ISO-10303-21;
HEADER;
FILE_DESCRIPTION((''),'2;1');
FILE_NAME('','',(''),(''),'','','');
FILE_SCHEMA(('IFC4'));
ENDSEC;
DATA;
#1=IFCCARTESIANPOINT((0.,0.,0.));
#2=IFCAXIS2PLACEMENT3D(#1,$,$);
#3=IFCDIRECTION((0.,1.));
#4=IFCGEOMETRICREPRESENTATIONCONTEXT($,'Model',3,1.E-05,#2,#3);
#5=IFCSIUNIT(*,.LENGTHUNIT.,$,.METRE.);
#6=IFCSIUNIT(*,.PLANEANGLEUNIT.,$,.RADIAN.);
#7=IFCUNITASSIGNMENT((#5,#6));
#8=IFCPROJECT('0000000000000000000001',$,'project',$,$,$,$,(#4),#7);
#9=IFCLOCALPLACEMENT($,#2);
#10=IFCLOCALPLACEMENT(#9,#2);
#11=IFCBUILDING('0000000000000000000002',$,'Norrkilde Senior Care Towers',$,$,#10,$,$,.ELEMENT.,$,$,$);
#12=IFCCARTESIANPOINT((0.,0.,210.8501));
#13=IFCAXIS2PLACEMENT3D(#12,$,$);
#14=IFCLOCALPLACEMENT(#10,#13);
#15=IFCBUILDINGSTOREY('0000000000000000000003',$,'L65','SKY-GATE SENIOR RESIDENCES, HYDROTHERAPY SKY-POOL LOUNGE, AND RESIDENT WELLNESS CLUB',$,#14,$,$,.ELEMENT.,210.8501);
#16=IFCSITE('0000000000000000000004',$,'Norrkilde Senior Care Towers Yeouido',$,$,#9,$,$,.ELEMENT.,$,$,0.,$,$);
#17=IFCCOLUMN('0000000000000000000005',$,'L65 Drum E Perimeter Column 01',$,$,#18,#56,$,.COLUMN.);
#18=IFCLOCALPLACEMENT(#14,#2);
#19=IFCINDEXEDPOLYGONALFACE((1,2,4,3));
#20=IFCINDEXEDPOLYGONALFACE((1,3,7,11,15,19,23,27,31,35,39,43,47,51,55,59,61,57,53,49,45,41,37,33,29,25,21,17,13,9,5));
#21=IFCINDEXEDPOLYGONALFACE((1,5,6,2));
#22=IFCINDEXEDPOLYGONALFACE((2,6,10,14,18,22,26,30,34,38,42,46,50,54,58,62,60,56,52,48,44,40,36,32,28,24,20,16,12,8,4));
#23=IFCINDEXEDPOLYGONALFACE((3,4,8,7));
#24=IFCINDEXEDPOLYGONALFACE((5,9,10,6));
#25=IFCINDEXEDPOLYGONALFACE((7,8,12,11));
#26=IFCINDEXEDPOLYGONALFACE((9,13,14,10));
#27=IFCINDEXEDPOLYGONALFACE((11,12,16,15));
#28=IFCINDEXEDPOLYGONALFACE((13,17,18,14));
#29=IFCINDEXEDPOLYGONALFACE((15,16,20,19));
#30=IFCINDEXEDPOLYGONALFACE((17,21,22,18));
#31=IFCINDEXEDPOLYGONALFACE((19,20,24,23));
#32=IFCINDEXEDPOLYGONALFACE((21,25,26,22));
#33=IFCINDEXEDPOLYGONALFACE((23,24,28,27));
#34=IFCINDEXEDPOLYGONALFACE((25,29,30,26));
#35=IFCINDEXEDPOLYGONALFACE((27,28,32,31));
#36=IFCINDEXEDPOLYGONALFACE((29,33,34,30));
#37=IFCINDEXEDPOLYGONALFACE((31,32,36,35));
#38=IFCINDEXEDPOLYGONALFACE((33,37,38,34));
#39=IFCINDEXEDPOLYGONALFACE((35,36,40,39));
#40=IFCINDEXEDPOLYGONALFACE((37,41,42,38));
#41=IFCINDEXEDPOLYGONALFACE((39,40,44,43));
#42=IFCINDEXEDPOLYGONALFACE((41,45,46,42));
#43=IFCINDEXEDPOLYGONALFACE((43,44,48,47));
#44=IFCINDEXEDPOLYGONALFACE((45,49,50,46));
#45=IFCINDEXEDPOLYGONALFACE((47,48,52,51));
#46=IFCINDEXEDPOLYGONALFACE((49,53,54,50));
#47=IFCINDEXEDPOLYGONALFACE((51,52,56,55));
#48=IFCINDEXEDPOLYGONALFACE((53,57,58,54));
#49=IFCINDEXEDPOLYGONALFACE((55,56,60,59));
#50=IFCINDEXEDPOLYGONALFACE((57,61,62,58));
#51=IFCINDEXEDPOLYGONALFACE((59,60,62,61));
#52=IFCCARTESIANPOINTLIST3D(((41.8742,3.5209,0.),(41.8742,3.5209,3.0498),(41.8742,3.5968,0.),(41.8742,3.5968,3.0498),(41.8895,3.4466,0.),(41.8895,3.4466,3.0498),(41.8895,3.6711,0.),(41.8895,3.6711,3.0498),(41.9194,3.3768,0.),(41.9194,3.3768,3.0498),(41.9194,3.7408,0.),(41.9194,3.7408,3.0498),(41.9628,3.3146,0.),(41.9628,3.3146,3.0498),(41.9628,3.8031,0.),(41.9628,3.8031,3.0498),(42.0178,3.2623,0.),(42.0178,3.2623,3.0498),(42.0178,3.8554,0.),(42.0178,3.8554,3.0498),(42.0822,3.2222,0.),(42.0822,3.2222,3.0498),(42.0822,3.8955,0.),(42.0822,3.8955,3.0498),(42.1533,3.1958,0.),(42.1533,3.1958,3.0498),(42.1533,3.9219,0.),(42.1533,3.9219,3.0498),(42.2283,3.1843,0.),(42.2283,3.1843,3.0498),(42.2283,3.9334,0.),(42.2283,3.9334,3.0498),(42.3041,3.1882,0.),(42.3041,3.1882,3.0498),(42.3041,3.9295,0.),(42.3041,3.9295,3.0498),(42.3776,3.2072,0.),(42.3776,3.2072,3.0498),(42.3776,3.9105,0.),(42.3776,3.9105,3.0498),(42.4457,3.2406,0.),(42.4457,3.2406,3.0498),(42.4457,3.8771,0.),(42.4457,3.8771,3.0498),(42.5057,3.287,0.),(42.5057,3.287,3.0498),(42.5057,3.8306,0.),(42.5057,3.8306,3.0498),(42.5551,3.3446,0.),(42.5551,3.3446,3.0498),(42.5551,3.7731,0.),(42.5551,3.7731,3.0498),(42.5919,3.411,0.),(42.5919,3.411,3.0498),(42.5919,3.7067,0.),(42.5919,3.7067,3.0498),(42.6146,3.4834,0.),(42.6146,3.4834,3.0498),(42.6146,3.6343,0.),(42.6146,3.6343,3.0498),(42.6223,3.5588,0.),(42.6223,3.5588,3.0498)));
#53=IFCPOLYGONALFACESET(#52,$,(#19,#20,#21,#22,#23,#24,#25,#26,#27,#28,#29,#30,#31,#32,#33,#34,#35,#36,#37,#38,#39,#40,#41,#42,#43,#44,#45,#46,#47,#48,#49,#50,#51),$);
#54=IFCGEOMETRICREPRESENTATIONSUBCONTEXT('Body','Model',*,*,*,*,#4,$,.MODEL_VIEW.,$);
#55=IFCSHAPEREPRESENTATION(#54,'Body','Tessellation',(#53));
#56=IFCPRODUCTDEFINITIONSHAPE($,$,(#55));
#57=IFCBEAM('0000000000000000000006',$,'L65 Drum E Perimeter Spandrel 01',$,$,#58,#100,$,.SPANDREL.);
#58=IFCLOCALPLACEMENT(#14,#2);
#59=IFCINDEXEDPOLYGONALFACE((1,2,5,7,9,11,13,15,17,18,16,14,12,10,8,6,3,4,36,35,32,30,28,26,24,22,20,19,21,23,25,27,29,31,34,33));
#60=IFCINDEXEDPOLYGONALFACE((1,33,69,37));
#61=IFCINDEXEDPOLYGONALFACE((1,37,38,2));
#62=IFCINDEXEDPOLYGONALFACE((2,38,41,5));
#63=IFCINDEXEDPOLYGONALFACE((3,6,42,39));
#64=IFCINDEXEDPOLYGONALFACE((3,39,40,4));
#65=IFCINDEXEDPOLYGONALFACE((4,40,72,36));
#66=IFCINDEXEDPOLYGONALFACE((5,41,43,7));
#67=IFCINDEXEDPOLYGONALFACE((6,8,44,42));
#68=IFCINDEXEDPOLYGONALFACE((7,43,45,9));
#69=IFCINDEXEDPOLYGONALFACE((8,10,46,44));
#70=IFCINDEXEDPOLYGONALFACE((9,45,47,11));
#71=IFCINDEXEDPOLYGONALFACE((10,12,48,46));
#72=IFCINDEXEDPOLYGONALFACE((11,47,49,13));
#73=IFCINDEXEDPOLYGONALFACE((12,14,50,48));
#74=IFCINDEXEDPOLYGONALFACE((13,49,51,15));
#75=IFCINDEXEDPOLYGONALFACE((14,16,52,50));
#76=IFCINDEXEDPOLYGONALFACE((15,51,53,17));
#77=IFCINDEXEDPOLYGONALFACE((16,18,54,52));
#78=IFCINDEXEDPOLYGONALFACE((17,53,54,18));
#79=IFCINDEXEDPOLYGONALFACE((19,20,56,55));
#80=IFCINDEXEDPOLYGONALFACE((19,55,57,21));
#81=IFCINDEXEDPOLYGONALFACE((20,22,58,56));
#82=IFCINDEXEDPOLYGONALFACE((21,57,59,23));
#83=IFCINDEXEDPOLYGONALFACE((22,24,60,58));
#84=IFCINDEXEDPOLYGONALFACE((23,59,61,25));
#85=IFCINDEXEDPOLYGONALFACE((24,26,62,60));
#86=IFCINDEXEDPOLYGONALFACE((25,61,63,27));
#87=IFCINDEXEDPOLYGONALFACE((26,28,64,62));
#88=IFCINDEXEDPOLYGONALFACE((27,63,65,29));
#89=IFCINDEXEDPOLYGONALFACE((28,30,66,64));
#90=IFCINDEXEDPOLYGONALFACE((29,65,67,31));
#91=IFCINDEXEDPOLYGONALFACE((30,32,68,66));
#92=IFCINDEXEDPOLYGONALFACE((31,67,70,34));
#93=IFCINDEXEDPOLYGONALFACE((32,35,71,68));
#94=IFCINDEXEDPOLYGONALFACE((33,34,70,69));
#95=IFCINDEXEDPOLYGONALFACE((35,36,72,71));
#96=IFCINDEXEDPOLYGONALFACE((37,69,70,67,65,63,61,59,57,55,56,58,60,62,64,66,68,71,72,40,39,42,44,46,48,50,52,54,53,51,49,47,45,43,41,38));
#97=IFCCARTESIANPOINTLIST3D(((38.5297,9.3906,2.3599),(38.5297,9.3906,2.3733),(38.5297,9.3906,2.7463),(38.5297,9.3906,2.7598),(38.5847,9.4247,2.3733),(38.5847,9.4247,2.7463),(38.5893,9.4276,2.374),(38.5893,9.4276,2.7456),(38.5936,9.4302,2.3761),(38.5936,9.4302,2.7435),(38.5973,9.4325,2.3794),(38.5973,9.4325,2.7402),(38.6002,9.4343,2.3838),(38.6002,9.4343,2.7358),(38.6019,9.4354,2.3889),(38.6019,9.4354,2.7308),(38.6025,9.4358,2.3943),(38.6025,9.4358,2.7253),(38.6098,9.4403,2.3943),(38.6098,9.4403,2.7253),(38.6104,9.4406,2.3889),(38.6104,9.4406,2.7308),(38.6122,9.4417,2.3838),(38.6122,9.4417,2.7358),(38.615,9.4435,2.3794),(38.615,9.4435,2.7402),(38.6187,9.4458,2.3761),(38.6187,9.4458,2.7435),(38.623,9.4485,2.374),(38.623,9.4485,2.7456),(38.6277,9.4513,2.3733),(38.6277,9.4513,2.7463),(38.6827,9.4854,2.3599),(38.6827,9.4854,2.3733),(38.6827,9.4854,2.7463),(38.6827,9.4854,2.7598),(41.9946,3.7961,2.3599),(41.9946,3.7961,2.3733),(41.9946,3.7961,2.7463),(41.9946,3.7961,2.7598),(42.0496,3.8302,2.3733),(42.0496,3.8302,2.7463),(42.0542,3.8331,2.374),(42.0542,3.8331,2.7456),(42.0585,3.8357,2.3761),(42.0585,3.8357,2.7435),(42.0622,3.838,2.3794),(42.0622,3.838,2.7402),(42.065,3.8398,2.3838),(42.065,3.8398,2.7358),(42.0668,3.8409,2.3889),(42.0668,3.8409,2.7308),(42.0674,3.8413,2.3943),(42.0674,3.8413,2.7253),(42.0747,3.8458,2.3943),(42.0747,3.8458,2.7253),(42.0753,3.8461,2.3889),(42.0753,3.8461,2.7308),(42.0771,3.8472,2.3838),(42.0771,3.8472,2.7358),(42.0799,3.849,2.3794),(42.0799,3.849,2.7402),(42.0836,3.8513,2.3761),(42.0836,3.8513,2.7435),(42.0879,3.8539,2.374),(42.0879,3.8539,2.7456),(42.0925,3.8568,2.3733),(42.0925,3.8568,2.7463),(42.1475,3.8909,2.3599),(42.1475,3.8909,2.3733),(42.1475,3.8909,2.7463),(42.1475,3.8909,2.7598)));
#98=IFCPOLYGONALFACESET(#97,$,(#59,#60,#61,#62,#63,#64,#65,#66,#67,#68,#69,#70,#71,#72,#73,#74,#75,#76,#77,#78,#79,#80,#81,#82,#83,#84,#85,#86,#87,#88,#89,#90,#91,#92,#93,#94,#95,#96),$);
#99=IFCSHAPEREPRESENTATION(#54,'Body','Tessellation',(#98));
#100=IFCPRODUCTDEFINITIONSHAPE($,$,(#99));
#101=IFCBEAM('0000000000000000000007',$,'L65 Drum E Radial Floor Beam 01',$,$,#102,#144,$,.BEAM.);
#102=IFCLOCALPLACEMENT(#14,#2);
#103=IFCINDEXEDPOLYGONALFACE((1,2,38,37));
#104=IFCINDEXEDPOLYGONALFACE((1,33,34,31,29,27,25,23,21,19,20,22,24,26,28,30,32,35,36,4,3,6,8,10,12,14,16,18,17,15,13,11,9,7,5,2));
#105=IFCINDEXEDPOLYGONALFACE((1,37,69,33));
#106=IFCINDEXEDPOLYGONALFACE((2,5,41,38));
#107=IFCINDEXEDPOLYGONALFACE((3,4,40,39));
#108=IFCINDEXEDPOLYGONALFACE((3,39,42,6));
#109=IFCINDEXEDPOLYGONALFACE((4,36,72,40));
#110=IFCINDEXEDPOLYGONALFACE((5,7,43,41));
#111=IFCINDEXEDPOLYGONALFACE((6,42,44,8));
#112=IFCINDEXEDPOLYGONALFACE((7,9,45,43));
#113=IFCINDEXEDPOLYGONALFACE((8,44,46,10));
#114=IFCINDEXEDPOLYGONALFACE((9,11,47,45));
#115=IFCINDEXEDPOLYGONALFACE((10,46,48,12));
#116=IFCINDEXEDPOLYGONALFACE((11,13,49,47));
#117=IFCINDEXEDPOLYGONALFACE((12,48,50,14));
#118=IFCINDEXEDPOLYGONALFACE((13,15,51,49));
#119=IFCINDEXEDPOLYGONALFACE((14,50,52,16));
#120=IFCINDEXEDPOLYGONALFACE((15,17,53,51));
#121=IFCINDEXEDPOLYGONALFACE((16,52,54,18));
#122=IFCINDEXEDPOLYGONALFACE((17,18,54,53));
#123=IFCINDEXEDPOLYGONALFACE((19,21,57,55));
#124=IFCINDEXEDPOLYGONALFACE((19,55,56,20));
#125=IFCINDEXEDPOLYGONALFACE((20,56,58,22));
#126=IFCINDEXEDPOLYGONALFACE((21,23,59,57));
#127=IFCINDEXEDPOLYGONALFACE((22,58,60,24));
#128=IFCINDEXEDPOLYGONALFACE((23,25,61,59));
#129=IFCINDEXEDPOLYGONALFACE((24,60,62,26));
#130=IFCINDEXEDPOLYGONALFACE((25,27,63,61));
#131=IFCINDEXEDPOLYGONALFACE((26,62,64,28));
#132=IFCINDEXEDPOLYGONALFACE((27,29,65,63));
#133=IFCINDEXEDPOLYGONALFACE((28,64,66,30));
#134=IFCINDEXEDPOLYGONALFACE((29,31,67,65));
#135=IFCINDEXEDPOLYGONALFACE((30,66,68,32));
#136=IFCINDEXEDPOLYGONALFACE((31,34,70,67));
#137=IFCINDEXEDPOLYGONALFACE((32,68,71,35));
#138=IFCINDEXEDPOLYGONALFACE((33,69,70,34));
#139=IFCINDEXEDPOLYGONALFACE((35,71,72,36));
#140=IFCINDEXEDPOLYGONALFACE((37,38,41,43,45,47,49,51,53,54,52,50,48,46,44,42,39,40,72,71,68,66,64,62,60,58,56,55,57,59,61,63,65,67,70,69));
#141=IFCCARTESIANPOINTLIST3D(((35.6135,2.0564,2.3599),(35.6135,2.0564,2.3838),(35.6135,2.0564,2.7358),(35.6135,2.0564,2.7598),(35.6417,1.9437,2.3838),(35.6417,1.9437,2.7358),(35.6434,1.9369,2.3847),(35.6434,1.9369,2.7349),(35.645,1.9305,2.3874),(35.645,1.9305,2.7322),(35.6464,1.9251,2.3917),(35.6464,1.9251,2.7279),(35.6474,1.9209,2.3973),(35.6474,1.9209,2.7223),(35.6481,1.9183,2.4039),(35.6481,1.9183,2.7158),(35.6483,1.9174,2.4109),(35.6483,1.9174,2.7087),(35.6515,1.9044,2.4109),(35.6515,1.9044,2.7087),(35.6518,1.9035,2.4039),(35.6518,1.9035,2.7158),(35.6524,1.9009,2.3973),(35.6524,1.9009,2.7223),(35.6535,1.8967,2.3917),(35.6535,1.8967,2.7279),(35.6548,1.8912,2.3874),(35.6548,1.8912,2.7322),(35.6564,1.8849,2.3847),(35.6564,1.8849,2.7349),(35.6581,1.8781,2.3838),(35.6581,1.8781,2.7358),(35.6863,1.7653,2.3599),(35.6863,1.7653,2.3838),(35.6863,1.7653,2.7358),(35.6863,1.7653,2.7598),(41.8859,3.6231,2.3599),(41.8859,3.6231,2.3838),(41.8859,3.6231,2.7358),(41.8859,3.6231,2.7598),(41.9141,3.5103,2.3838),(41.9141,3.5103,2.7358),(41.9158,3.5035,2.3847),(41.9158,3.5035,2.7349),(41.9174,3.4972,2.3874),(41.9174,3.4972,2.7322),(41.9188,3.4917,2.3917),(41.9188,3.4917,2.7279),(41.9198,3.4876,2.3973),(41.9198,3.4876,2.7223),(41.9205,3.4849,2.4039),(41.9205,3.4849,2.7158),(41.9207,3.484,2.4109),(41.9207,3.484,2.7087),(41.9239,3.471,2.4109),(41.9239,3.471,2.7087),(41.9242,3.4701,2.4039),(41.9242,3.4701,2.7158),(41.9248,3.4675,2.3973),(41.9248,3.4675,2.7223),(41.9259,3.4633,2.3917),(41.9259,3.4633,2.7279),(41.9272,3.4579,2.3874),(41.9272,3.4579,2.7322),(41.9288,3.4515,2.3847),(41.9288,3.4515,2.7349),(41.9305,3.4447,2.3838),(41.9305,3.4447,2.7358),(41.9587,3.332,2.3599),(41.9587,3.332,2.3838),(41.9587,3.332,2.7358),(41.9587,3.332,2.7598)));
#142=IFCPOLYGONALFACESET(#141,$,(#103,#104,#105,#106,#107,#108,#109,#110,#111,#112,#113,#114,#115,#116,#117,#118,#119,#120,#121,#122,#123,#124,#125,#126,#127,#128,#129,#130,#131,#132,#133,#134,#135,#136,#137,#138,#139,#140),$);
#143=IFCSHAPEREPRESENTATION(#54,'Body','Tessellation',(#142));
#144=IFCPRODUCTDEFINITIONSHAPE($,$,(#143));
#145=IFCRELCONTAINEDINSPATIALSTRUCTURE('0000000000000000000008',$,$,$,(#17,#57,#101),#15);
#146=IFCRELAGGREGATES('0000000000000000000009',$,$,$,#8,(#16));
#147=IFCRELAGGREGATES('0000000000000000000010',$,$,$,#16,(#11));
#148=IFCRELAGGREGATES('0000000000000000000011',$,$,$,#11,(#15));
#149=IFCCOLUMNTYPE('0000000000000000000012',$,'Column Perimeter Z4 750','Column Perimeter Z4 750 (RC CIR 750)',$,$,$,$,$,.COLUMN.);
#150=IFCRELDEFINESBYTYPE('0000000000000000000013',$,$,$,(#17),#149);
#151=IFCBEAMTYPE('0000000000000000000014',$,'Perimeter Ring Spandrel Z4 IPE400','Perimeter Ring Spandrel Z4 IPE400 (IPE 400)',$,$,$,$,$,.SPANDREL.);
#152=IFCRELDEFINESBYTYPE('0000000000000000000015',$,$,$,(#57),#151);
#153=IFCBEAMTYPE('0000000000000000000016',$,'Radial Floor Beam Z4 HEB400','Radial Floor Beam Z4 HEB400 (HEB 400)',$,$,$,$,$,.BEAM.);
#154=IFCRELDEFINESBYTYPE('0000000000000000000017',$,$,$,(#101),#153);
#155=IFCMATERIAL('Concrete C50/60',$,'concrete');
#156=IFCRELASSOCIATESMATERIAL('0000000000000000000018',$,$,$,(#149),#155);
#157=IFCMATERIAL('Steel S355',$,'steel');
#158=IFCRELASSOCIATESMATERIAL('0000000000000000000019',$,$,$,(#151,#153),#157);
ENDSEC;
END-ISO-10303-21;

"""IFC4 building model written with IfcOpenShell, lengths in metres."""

from ifc_helpers import new_model, si_unit, direction, frame, origin, origin_2d, place, context, subcontext, project, spatial, circle, i_section, extrude, source, transform, mapped, material, material_profile, profile_set, type_object, type_shapes, element, save


model = new_model("IFC4")

# Units and contexts
model_context = context("Model", 3, precision=1e-05, world=origin(), true_north=direction((0.0, 1.0)))
body_context = subcontext(model_context, "Body", "Model", "MODEL_VIEW")
ifc_project = project(units=[si_unit("LENGTHUNIT", "METRE"), si_unit("PLANEANGLEUNIT", "RADIAN")], contexts=[model_context])

# Site, building, storey
site_placement = place(None, origin())
site = spatial("IfcSite", under=ifc_project, at=site_placement, Name="Norrkilde Senior Care Towers Yeouido", CompositionType="ELEMENT", RefElevation=0.0)
building_placement = place(site_placement, origin())
building = spatial("IfcBuilding", under=site, at=building_placement, Name="Norrkilde Senior Care Towers", CompositionType="ELEMENT")
storey_placement = place(building_placement, frame((0.0, 0.0, 210.8501)))
storey = spatial("IfcBuildingStorey", under=building, at=storey_placement, Name="L65", Description="SKY-GATE SENIOR RESIDENCES, HYDROTHERAPY SKY-POOL LOUNGE, AND RESIDENT WELLNESS CLUB", CompositionType="ELEMENT", Elevation=210.8501)

# Column
ifc_material_1 = material(Name="Concrete C50/60", Category="concrete")
ifc_material_profile_1 = material_profile(ifc_material_1, circle(Radius=0.375, at=origin_2d()), Name="RC CIR 750")
ifc_profile_set_1 = profile_set([ifc_material_profile_1], Name="Concrete C50/60")
column_type = type_object("IfcColumnType", Name="Column Perimeter Z4 750", Description="Column Perimeter Z4 750 (RC CIR 750)", PredefinedType="COLUMN", material=ifc_profile_set_1)
shared_shape_1 = source(origin(), body_context, "Body", "SweptSolid", [
    extrude(circle(Radius=0.375, at=origin_2d()), origin(), (0.0, 0.0, 1.0), 3.0498),
])
type_shapes(column_type, [shared_shape_1])
column_placement = place(storey_placement, frame((42.2473, 3.5588, 0.0), z_axis=(0.0, 0.0, 1.0), x_axis=(1.0, 0.0, 0.0)))
element("IfcColumn", 1, at=column_placement, inside=storey, type_object=column_type, Name="L65 Drum E Perimeter Column 01", PredefinedType="COLUMN", context=body_context, shape_type="MappedRepresentation", body=[
    mapped(shared_shape_1, transform((0.0, 0.0, 0.0), x_axis=(1.0, 0.0, 0.0), y_axis=(0.0, 1.0, 0.0), z_axis=(0.0, 0.0, 1.0), scale=1.0)),
])

# Beams
ifc_material_2 = material(Name="Steel S355", Category="steel")
ifc_material_profile_2 = material_profile(ifc_material_2, i_section(OverallWidth=0.1799, OverallDepth=0.3999, WebThickness=0.0085, FlangeThickness=0.0134, FilletRadius=0.021, at=origin_2d()), Name="IPE 400")
ifc_profile_set_2 = profile_set([ifc_material_profile_2], Name="Steel S355")
beam_type_1 = type_object("IfcBeamType", Name="Perimeter Ring Spandrel Z4 IPE400", Description="Perimeter Ring Spandrel Z4 IPE400 (IPE 400)", PredefinedType="SPANDREL", material=ifc_profile_set_2)
shared_shape_2 = source(origin(), body_context, "Body", "SweptSolid", [
    extrude(i_section(OverallWidth=0.1799, OverallDepth=0.3999, WebThickness=0.0085, FlangeThickness=0.0134, FilletRadius=0.021, at=origin_2d()), origin(), (0.0, 0.0, 1.0), 6.5806),
])
type_shapes(beam_type_1, [shared_shape_2])
beam_1_placement = place(storey_placement, frame((42.071, 3.8435, 2.5598), z_axis=(-0.52653, 0.850157, 0.0), x_axis=(-0.850157, -0.52653, 0.0)))
element("IfcBeam", 2, at=beam_1_placement, inside=storey, type_object=beam_type_1, Name="L65 Drum E Perimeter Spandrel 01", PredefinedType="SPANDREL", context=body_context, shape_type="MappedRepresentation", body=[
    mapped(shared_shape_2, transform((0.0, 0.0, 0.0), x_axis=(1.0, 0.0, 0.0), y_axis=(0.0, 1.0, 0.0), z_axis=(0.0, 0.0, 1.0), scale=1.0)),
])
ifc_material_profile_3 = material_profile(ifc_material_2, i_section(OverallWidth=0.3, OverallDepth=0.3999, WebThickness=0.0134, FlangeThickness=0.0239, FilletRadius=0.0271, at=origin_2d()), Name="HEB 400")
ifc_profile_set_3 = profile_set([ifc_material_profile_3], Name="Steel S355")
beam_type_2 = type_object("IfcBeamType", Name="Radial Floor Beam Z4 HEB400", Description="Radial Floor Beam Z4 HEB400 (HEB 400)", PredefinedType="BEAM", material=ifc_profile_set_3)
shared_shape_3 = source(origin(), body_context, "Body", "SweptSolid", [
    extrude(i_section(OverallWidth=0.3, OverallDepth=0.3999, WebThickness=0.0134, FlangeThickness=0.0239, FilletRadius=0.0271, at=origin_2d()), origin(), (0.0, 0.0, 1.0), 6.4651),
])
type_shapes(beam_type_2, [shared_shape_3])
beam_2_placement = place(storey_placement, frame((35.6499, 1.9109, 2.5598), z_axis=(0.970196, 0.242322, 0.0), x_axis=(-0.242322, 0.970196, 0.0)))
element("IfcBeam", 3, at=beam_2_placement, inside=storey, type_object=beam_type_2, Name="L65 Drum E Radial Floor Beam 01", PredefinedType="BEAM", context=body_context, shape_type="MappedRepresentation", body=[
    mapped(shared_shape_3, transform((0.0, 0.0, 0.0), x_axis=(1.0, 0.0, 0.0), y_axis=(0.0, 1.0, 0.0), z_axis=(0.0, 0.0, 1.0), scale=1.0)),
])

save(model, "model.ifc")
